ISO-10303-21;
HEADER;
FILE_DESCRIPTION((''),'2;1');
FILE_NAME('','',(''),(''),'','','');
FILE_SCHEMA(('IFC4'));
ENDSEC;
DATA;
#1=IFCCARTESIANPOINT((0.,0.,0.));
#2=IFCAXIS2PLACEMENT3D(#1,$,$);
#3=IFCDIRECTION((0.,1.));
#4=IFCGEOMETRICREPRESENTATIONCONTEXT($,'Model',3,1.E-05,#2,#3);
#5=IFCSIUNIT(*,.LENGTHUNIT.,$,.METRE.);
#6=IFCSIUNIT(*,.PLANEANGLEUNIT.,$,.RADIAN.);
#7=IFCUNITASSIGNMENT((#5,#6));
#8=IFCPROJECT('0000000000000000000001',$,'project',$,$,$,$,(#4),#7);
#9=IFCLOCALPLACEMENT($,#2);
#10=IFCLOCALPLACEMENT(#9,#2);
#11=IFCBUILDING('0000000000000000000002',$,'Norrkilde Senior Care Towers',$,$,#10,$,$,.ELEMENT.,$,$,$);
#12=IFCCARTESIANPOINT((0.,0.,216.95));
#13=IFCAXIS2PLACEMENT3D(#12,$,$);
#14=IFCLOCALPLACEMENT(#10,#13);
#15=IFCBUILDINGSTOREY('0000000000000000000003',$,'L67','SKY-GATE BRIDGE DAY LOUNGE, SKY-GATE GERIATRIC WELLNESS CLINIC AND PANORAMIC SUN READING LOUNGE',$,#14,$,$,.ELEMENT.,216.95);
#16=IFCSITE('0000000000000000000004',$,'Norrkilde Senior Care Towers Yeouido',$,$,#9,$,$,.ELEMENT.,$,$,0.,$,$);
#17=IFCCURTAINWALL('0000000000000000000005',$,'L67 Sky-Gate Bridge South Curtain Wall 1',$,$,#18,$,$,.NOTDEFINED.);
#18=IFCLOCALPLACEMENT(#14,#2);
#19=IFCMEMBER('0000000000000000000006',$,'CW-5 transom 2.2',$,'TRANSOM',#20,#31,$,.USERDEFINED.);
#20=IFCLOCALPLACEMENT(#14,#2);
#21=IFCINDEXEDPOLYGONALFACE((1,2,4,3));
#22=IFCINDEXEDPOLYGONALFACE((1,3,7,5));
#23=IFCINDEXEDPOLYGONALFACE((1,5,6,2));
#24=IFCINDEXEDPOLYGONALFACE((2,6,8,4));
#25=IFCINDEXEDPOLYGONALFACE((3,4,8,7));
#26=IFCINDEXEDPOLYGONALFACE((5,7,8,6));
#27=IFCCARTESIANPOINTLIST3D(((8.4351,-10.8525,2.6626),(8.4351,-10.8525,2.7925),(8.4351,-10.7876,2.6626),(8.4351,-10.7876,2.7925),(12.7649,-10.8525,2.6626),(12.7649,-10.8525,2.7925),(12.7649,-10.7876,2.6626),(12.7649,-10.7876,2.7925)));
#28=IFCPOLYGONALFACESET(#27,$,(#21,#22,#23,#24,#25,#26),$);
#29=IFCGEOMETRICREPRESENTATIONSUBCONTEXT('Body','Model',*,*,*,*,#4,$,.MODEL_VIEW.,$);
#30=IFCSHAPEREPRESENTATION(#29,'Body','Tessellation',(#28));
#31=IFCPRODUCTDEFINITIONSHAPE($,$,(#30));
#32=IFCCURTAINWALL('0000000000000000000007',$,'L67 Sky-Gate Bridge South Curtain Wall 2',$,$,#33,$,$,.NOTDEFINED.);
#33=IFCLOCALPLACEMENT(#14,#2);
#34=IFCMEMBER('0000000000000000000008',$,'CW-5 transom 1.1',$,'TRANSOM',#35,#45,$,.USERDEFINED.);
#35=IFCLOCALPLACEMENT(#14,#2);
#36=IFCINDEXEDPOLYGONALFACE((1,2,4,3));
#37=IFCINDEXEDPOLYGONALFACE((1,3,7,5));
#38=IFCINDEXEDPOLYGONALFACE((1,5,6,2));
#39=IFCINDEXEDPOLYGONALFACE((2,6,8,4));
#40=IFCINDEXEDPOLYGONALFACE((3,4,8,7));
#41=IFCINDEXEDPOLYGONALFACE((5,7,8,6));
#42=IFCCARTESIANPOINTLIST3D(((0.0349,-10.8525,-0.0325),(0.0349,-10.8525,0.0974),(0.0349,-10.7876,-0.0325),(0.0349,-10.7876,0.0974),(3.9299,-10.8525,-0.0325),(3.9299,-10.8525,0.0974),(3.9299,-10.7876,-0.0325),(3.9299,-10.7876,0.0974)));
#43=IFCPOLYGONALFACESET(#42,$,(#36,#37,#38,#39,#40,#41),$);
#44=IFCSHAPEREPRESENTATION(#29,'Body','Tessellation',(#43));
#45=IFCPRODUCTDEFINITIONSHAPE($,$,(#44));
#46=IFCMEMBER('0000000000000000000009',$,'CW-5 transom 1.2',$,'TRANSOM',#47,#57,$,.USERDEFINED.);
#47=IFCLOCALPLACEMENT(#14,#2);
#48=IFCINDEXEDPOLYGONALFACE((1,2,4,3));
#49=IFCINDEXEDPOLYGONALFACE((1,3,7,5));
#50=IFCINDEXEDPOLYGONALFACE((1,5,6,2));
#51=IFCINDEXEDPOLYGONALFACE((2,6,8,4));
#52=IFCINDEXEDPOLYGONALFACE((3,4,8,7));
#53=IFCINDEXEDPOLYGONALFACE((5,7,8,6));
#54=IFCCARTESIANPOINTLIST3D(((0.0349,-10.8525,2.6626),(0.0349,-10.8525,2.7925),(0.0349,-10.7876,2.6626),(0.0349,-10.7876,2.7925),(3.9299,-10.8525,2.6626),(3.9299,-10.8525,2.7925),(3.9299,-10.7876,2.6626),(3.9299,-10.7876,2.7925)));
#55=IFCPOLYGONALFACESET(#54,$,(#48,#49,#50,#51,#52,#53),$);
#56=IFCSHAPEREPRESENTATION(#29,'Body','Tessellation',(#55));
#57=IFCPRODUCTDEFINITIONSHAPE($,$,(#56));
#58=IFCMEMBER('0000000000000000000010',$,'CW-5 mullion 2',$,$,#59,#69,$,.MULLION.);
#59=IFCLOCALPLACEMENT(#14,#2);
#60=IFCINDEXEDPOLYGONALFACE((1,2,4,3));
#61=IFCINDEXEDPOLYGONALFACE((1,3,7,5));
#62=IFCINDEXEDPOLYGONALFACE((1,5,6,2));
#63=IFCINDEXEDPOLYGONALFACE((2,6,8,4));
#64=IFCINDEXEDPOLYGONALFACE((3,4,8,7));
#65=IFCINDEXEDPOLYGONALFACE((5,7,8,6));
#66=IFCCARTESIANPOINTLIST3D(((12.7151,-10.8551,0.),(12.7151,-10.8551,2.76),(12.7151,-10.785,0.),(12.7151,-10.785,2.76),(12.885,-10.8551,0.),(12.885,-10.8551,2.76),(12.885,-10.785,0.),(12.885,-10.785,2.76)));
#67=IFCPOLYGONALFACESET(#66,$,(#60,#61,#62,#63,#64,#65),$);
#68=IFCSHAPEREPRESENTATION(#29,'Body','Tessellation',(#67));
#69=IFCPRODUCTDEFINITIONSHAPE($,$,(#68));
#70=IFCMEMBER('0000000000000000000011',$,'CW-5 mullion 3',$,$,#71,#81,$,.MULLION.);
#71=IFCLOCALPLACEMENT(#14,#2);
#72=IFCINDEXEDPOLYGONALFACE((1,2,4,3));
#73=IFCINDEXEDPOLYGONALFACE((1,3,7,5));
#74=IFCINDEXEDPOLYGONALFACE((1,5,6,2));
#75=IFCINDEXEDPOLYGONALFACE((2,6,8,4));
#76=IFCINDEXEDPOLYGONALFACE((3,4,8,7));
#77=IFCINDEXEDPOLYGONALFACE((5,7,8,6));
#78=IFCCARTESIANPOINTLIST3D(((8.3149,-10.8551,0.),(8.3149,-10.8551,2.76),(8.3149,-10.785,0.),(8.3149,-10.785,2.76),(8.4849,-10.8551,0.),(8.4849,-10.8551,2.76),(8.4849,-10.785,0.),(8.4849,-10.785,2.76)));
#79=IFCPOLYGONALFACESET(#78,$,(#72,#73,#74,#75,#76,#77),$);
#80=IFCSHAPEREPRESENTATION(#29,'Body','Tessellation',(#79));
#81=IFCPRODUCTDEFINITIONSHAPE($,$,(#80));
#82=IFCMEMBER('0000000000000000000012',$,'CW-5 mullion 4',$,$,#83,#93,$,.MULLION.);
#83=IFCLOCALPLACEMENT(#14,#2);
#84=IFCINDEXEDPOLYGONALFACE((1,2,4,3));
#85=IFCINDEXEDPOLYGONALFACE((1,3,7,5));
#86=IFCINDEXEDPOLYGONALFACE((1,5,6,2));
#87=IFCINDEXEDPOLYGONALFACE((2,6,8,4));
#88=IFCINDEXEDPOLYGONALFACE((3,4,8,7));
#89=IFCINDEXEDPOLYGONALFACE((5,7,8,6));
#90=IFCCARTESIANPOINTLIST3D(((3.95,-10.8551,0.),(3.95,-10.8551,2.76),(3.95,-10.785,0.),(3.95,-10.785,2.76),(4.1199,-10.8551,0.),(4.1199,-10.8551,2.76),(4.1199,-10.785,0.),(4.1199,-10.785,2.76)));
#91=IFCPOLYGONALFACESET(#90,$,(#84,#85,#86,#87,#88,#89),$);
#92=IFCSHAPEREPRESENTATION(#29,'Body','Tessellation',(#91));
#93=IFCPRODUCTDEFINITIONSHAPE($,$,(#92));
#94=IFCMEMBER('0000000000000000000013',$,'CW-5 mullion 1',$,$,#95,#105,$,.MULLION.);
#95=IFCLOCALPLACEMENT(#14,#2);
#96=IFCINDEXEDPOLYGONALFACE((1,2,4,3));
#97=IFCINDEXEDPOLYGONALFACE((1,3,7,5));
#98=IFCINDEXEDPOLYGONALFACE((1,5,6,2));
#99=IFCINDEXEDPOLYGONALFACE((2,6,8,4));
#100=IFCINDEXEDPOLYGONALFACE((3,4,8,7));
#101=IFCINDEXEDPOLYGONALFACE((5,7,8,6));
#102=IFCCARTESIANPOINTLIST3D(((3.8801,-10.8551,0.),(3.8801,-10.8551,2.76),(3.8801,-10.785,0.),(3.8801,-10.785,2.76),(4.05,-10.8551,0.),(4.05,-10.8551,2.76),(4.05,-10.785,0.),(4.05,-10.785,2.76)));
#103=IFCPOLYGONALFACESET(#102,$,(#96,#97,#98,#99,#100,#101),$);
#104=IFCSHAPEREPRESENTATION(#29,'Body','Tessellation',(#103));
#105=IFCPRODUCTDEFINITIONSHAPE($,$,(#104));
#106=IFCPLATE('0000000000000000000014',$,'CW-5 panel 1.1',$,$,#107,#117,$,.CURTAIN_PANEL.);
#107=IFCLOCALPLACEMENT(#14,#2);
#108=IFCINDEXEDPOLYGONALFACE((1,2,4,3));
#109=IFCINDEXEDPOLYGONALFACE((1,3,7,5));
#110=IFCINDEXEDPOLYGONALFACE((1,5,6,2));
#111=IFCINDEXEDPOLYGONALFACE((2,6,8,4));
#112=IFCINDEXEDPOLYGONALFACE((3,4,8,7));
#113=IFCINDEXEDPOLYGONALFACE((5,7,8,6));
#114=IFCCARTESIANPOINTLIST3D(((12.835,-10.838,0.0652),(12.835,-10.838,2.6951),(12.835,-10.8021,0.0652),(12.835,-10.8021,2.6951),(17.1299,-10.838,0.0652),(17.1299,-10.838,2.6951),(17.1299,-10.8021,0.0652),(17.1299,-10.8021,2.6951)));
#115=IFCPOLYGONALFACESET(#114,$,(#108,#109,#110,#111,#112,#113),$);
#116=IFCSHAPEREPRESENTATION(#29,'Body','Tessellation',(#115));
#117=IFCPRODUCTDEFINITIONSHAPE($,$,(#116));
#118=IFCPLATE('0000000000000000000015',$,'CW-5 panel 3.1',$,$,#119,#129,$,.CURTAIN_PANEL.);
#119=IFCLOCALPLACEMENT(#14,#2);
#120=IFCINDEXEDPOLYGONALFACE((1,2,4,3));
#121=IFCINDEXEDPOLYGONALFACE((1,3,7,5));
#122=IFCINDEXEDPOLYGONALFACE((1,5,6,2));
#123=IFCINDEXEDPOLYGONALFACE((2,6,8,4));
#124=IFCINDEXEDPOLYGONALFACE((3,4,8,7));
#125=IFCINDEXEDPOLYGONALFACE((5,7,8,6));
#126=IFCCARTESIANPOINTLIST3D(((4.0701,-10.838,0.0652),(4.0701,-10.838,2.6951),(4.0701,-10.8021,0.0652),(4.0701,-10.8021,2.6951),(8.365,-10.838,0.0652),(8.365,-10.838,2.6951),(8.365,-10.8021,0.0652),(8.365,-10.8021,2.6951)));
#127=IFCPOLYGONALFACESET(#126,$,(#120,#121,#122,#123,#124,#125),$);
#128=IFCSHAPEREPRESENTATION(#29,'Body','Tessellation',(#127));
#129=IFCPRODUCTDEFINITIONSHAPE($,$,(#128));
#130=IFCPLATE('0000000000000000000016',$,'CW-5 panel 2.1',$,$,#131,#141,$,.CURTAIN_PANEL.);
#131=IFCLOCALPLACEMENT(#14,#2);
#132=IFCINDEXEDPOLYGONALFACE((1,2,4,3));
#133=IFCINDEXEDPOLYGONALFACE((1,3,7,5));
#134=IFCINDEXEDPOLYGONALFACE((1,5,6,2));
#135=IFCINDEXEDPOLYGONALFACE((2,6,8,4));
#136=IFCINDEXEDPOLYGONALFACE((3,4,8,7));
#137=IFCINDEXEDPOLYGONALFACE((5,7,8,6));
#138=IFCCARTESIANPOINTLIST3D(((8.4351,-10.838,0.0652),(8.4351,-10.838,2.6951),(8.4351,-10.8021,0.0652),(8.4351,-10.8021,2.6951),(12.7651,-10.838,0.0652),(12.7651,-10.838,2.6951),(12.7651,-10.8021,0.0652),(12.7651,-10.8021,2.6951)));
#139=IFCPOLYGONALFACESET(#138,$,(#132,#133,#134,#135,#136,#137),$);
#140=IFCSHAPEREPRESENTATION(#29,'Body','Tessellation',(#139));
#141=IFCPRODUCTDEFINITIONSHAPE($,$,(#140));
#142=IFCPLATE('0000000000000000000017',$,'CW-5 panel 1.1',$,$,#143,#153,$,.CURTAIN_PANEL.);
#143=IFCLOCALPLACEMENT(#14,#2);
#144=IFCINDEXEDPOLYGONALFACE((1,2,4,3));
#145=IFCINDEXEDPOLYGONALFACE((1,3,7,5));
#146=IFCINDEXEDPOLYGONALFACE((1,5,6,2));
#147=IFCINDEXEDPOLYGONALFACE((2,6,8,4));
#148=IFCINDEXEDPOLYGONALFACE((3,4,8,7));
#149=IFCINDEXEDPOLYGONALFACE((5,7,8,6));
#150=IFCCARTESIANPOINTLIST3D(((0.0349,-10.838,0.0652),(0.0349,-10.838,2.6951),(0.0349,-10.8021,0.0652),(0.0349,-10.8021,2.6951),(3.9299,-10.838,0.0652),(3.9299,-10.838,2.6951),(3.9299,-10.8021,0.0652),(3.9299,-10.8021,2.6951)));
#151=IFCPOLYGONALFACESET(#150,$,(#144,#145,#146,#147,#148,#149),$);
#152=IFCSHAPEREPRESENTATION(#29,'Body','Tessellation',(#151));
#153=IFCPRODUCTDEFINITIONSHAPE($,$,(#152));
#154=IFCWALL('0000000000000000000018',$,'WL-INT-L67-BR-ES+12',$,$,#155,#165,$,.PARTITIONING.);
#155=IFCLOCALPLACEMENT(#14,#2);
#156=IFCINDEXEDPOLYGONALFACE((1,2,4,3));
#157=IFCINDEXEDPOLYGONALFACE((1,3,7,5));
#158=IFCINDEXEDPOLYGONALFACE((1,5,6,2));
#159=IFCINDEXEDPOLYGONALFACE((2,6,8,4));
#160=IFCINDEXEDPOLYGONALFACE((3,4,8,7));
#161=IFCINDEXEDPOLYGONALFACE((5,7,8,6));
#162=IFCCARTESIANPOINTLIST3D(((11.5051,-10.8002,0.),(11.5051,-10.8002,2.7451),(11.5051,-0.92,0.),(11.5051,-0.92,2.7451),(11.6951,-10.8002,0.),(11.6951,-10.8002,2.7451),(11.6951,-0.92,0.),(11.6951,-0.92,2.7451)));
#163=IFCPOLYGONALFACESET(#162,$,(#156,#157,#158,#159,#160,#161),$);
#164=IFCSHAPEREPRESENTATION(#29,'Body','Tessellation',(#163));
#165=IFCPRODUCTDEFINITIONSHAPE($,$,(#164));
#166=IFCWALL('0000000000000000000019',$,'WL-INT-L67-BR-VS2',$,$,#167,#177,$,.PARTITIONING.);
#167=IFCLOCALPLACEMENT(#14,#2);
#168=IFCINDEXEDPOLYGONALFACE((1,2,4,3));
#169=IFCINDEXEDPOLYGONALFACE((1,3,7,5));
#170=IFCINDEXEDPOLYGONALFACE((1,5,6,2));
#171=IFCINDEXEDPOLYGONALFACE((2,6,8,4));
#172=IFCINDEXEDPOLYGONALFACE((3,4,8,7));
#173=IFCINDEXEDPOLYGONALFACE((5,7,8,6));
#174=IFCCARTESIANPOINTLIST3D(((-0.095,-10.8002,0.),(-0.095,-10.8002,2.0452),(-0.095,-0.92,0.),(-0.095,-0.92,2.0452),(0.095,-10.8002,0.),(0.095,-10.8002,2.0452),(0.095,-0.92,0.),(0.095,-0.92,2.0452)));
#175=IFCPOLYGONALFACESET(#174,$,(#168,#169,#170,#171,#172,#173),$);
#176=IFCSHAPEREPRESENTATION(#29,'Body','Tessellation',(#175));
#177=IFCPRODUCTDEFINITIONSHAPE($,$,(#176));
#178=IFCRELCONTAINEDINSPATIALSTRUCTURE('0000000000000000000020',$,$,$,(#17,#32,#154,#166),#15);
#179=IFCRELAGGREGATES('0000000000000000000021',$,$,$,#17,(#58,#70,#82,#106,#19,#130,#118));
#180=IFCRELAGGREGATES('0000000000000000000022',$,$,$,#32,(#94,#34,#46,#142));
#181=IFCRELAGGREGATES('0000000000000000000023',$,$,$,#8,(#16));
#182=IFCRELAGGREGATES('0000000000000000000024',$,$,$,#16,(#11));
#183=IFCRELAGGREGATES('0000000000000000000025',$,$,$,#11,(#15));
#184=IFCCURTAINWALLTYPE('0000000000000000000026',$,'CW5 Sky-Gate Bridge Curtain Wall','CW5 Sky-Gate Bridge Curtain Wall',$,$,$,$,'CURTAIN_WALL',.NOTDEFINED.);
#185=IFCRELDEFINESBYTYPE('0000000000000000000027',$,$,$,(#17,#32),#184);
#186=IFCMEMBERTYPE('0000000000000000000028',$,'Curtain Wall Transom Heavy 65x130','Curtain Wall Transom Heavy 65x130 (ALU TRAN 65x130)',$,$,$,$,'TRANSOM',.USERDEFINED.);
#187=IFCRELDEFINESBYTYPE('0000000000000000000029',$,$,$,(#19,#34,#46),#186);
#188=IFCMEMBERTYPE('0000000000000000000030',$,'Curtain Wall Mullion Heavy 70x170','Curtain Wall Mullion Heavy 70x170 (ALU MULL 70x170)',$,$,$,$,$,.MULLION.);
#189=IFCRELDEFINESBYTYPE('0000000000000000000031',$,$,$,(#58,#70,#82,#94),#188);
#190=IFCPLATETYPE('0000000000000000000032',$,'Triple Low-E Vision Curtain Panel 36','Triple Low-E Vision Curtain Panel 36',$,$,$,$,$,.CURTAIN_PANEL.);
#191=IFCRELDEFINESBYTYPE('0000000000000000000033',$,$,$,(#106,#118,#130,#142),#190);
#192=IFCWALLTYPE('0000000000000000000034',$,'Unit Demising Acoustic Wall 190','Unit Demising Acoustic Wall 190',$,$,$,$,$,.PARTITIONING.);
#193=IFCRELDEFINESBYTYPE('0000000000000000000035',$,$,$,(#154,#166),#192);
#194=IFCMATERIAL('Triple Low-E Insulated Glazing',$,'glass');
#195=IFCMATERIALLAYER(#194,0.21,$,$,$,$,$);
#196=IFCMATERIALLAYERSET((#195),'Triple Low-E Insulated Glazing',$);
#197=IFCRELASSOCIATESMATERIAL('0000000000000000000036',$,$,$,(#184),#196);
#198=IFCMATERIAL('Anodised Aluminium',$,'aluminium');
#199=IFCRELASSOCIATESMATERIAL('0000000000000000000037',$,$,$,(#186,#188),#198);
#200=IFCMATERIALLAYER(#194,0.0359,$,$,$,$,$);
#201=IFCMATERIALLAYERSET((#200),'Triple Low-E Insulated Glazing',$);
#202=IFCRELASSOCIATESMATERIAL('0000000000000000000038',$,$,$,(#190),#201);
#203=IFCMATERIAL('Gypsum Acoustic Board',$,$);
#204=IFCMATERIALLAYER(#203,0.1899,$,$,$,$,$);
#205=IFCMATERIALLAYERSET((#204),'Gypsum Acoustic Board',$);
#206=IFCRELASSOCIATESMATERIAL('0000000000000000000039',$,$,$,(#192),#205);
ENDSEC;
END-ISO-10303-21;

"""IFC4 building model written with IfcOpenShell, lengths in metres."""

from ifc_helpers import new_model, si_unit, direction, frame, frame_2d, origin, origin_2d, place, context, subcontext, project, spatial, rectangle, extrude, source, transform, mapped, material, layer, layer_set, material_profile, profile_set, type_object, type_shapes, element, aggregate, save


model = new_model("IFC4")

# Units and contexts
model_context = context("Model", 3, precision=1e-05, world=origin(), true_north=direction((0.0, 1.0)))
body_context = subcontext(model_context, "Body", "Model", "MODEL_VIEW")
ifc_project = project(units=[si_unit("LENGTHUNIT", "METRE"), si_unit("PLANEANGLEUNIT", "RADIAN")], contexts=[model_context])

# Site, building, storey
site_placement = place(None, origin())
site = spatial("IfcSite", under=ifc_project, at=site_placement, Name="Norrkilde Senior Care Towers Yeouido", CompositionType="ELEMENT", RefElevation=0.0)
building_placement = place(site_placement, origin())
building = spatial("IfcBuilding", under=site, at=building_placement, Name="Norrkilde Senior Care Towers", CompositionType="ELEMENT")
storey_placement = place(building_placement, frame((0.0, 0.0, 216.95)))
storey = spatial("IfcBuildingStorey", under=building, at=storey_placement, Name="L67", Description="SKY-GATE BRIDGE DAY LOUNGE, SKY-GATE GERIATRIC WELLNESS CLINIC AND PANORAMIC SUN READING LOUNGE", CompositionType="ELEMENT", Elevation=216.95)

# Curtain walls, members
ifc_material_1 = material(Name="Triple Low-E Insulated Glazing", Category="glass")
ifc_layer_1 = layer(ifc_material_1, 0.21)
ifc_layer_set_1 = layer_set([ifc_layer_1], Name="Triple Low-E Insulated Glazing")
curtain_wall_type = type_object("IfcCurtainWallType", Name="CW5 Sky-Gate Bridge Curtain Wall", Description="CW5 Sky-Gate Bridge Curtain Wall", ElementType="CURTAIN_WALL", PredefinedType="NOTDEFINED", material=ifc_layer_set_1)
curtain_wall_1_placement = place(storey_placement, origin())
curtain_wall_1 = element("IfcCurtainWall", 1, at=curtain_wall_1_placement, inside=storey, type_object=curtain_wall_type, Name="L67 Sky-Gate Bridge South Curtain Wall 1", PredefinedType="NOTDEFINED")
ifc_material_2 = material(Name="Anodised Aluminium", Category="aluminium")
ifc_material_profile_1 = material_profile(ifc_material_2, rectangle(XDim=0.0649, YDim=0.1299, at=origin_2d()), Name="ALU TRAN 65x130")
ifc_profile_set_1 = profile_set([ifc_material_profile_1], Name="Anodised Aluminium")
member_type_1 = type_object("IfcMemberType", Name="Curtain Wall Transom Heavy 65x130", Description="Curtain Wall Transom Heavy 65x130 (ALU TRAN 65x130)", ElementType="TRANSOM", PredefinedType="USERDEFINED", material=ifc_profile_set_1)
shared_shape_1 = source(origin(), body_context, "Body", "SweptSolid", [
    extrude(rectangle(XDim=0.0649, YDim=0.1299, at=origin_2d()), origin(), (0.0, 0.0, 1.0), 4.3298),
])
member_1_placement = place(storey_placement, frame((12.7649, -10.8201, 2.7275), z_axis=(-1.0, 0.0, 0.0), x_axis=(0.0, -1.0, 0.0)))
member_1 = element("IfcMember", 2, at=member_1_placement, type_object=member_type_1, Name="CW-5 transom 2.2", ObjectType="TRANSOM", PredefinedType="USERDEFINED", context=body_context, shape_type="MappedRepresentation", body=[
    mapped(shared_shape_1, transform((0.0, 0.0, 0.0), x_axis=(1.0, 0.0, 0.0), y_axis=(0.0, 1.0, 0.0), z_axis=(0.0, 0.0, 1.0), scale=1.0)),
])
curtain_wall_2_placement = place(storey_placement, origin())
curtain_wall_2 = element("IfcCurtainWall", 3, at=curtain_wall_2_placement, inside=storey, type_object=curtain_wall_type, Name="L67 Sky-Gate Bridge South Curtain Wall 2", PredefinedType="NOTDEFINED")
shared_shape_2 = source(origin(), body_context, "Body", "SweptSolid", [
    extrude(rectangle(XDim=0.0649, YDim=0.1299, at=origin_2d()), origin(), (0.0, 0.0, 1.0), 3.895),
])
member_2_placement = place(storey_placement, frame((3.9299, -10.8201, 0.0325), z_axis=(-1.0, 0.0, 0.0), x_axis=(0.0, -1.0, 0.0)))
member_2 = element("IfcMember", 4, at=member_2_placement, type_object=member_type_1, Name="CW-5 transom 1.1", ObjectType="TRANSOM", PredefinedType="USERDEFINED", context=body_context, shape_type="MappedRepresentation", body=[
    mapped(shared_shape_2, transform((0.0, 0.0, 0.0), x_axis=(1.0, 0.0, 0.0), y_axis=(0.0, 1.0, 0.0), z_axis=(0.0, 0.0, 1.0), scale=1.0)),
])
member_3_placement = place(storey_placement, frame((3.9299, -10.8201, 2.7275), z_axis=(-1.0, 0.0, 0.0), x_axis=(0.0, -1.0, 0.0)))
member_3 = element("IfcMember", 5, at=member_3_placement, type_object=member_type_1, Name="CW-5 transom 1.2", ObjectType="TRANSOM", PredefinedType="USERDEFINED", context=body_context, shape_type="MappedRepresentation", body=[
    mapped(shared_shape_2, transform((0.0, 0.0, 0.0), x_axis=(1.0, 0.0, 0.0), y_axis=(0.0, 1.0, 0.0), z_axis=(0.0, 0.0, 1.0), scale=1.0)),
])

# Members
ifc_material_profile_2 = material_profile(ifc_material_2, rectangle(XDim=0.0701, YDim=0.1699, at=origin_2d()), Name="ALU MULL 70x170")
ifc_profile_set_2 = profile_set([ifc_material_profile_2], Name="Anodised Aluminium")
member_type_2 = type_object("IfcMemberType", Name="Curtain Wall Mullion Heavy 70x170", Description="Curtain Wall Mullion Heavy 70x170 (ALU MULL 70x170)", PredefinedType="MULLION", material=ifc_profile_set_2)
shared_shape_3 = source(origin(), body_context, "Body", "SweptSolid", [
    extrude(rectangle(XDim=0.0701, YDim=0.1699, at=origin_2d()), origin(), (0.0, 0.0, 1.0), 2.76),
])
type_shapes(member_type_2, [shared_shape_3])
member_4_placement = place(storey_placement, frame((12.8, -10.8201, 0.0), z_axis=(0.0, 0.0, 1.0), x_axis=(0.0, -1.0, 0.0)))
member_4 = element("IfcMember", 6, at=member_4_placement, type_object=member_type_2, Name="CW-5 mullion 2", PredefinedType="MULLION", context=body_context, shape_type="MappedRepresentation", body=[
    mapped(shared_shape_3, transform((0.0, 0.0, 0.0), x_axis=(1.0, 0.0, 0.0), y_axis=(0.0, 1.0, 0.0), z_axis=(0.0, 0.0, 1.0), scale=1.0)),
])
member_5_placement = place(storey_placement, frame((8.3999, -10.8201, 0.0), z_axis=(0.0, 0.0, 1.0), x_axis=(0.0, -1.0, 0.0)))
member_5 = element("IfcMember", 7, at=member_5_placement, type_object=member_type_2, Name="CW-5 mullion 3", PredefinedType="MULLION", context=body_context, shape_type="MappedRepresentation", body=[
    mapped(shared_shape_3, transform((0.0, 0.0, 0.0), x_axis=(1.0, 0.0, 0.0), y_axis=(0.0, 1.0, 0.0), z_axis=(0.0, 0.0, 1.0), scale=1.0)),
])
member_6_placement = place(storey_placement, frame((4.0349, -10.8201, 0.0), z_axis=(0.0, 0.0, 1.0), x_axis=(0.0, -1.0, 0.0)))
member_6 = element("IfcMember", 8, at=member_6_placement, type_object=member_type_2, Name="CW-5 mullion 4", PredefinedType="MULLION", context=body_context, shape_type="MappedRepresentation", body=[
    mapped(shared_shape_3, transform((0.0, 0.0, 0.0), x_axis=(1.0, 0.0, 0.0), y_axis=(0.0, 1.0, 0.0), z_axis=(0.0, 0.0, 1.0), scale=1.0)),
])
member_7_placement = place(storey_placement, frame((3.9651, -10.8201, 0.0), z_axis=(0.0, 0.0, 1.0), x_axis=(0.0, -1.0, 0.0)))
member_7 = element("IfcMember", 9, at=member_7_placement, type_object=member_type_2, Name="CW-5 mullion 1", PredefinedType="MULLION", context=body_context, shape_type="MappedRepresentation", body=[
    mapped(shared_shape_3, transform((0.0, 0.0, 0.0), x_axis=(1.0, 0.0, 0.0), y_axis=(0.0, 1.0, 0.0), z_axis=(0.0, 0.0, 1.0), scale=1.0)),
])

# Plates
ifc_layer_2 = layer(ifc_material_1, 0.0359)
ifc_layer_set_2 = layer_set([ifc_layer_2], Name="Triple Low-E Insulated Glazing")
plate_type = type_object("IfcPlateType", Name="Triple Low-E Vision Curtain Panel 36", Description="Triple Low-E Vision Curtain Panel 36", PredefinedType="CURTAIN_PANEL", material=ifc_layer_set_2)
shared_shape_4 = source(origin(), body_context, "Body", "SweptSolid", [
    extrude(rectangle(XDim=4.2949, YDim=0.0359, at=origin_2d()), origin(), (0.0, 0.0, 1.0), 2.6299),
])
plate_1_placement = place(storey_placement, frame((14.9824, -10.8201, 0.0652), z_axis=(0.0, 0.0, 1.0), x_axis=(-1.0, 0.0, 0.0)))
plate_1 = element("IfcPlate", 10, at=plate_1_placement, type_object=plate_type, Name="CW-5 panel 1.1", PredefinedType="CURTAIN_PANEL", context=body_context, shape_type="MappedRepresentation", body=[
    mapped(shared_shape_4, transform((0.0, 0.0, 0.0), x_axis=(1.0, 0.0, 0.0), y_axis=(0.0, 1.0, 0.0), z_axis=(0.0, 0.0, 1.0), scale=1.0)),
])
plate_2_placement = place(storey_placement, frame((6.2175, -10.8201, 0.0652), z_axis=(0.0, 0.0, 1.0), x_axis=(-1.0, 0.0, 0.0)))
plate_2 = element("IfcPlate", 11, at=plate_2_placement, type_object=plate_type, Name="CW-5 panel 3.1", PredefinedType="CURTAIN_PANEL", context=body_context, shape_type="MappedRepresentation", body=[
    mapped(shared_shape_4, transform((0.0, 0.0, 0.0), x_axis=(1.0, 0.0, 0.0), y_axis=(0.0, 1.0, 0.0), z_axis=(0.0, 0.0, 1.0), scale=1.0)),
])
shared_shape_5 = source(origin(), body_context, "Body", "SweptSolid", [
    extrude(rectangle(XDim=4.3301, YDim=0.0359, at=origin_2d()), origin(), (0.0, 0.0, 1.0), 2.6299),
])
plate_3_placement = place(storey_placement, frame((10.6001, -10.8201, 0.0652), z_axis=(0.0, 0.0, 1.0), x_axis=(-1.0, 0.0, 0.0)))
plate_3 = element("IfcPlate", 12, at=plate_3_placement, type_object=plate_type, Name="CW-5 panel 2.1", PredefinedType="CURTAIN_PANEL", context=body_context, shape_type="MappedRepresentation", body=[
    mapped(shared_shape_5, transform((0.0, 0.0, 0.0), x_axis=(1.0, 0.0, 0.0), y_axis=(0.0, 1.0, 0.0), z_axis=(0.0, 0.0, 1.0), scale=1.0)),
])
aggregate(curtain_wall_1, [member_4, member_5, member_6, plate_1, member_1, plate_3, plate_2])
shared_shape_6 = source(origin(), body_context, "Body", "SweptSolid", [
    extrude(rectangle(XDim=3.895, YDim=0.0359, at=origin_2d()), origin(), (0.0, 0.0, 1.0), 2.6299),
])
type_shapes(plate_type, [shared_shape_4, shared_shape_5, shared_shape_6])
plate_4_placement = place(storey_placement, frame((1.9824, -10.8201, 0.0652), z_axis=(0.0, 0.0, 1.0), x_axis=(-1.0, 0.0, 0.0)))
plate_4 = element("IfcPlate", 13, at=plate_4_placement, type_object=plate_type, Name="CW-5 panel 1.1", PredefinedType="CURTAIN_PANEL", context=body_context, shape_type="MappedRepresentation", body=[
    mapped(shared_shape_6, transform((0.0, 0.0, 0.0), x_axis=(1.0, 0.0, 0.0), y_axis=(0.0, 1.0, 0.0), z_axis=(0.0, 0.0, 1.0), scale=1.0)),
])
aggregate(curtain_wall_2, [member_7, member_2, member_3, plate_4])

# Shared definitions
ifc_material_3 = material(Name="Gypsum Acoustic Board")

# Walls
ifc_layer_3 = layer(ifc_material_3, 0.1899)
ifc_layer_set_3 = layer_set([ifc_layer_3], Name="Gypsum Acoustic Board")
wall_type_1 = type_object("IfcWallType", Name="Unit Demising Acoustic Wall 190", Description="Unit Demising Acoustic Wall 190", PredefinedType="PARTITIONING", material=ifc_layer_set_3)
shared_shape_7 = source(origin(), body_context, "Body", "SweptSolid", [
    extrude(rectangle(XDim=9.8801, YDim=0.1899, at=frame_2d((4.9399, 0.0))), origin(), (0.0, 0.0, 1.0), 2.7451),
])
wall_1_placement = place(storey_placement, frame((11.6001, -10.8, 0.0), z_axis=(0.0, 0.0, 1.0), x_axis=(0.0, 1.0, 0.0)))
element("IfcWall", 14, at=wall_1_placement, inside=storey, type_object=wall_type_1, Name="WL-INT-L67-BR-ES+12", PredefinedType="PARTITIONING", context=body_context, shape_type="MappedRepresentation", body=[
    mapped(shared_shape_7, transform((0.0, 0.0, 0.0), x_axis=(1.0, 0.0, 0.0), y_axis=(0.0, 1.0, 0.0), z_axis=(0.0, 0.0, 1.0), scale=1.0)),
])
shared_shape_8 = source(origin(), body_context, "Body", "SweptSolid", [
    extrude(rectangle(XDim=9.8801, YDim=0.1899, at=frame_2d((4.9399, 0.0))), origin(), (0.0, 0.0, 1.0), 2.0452),
])
type_shapes(wall_type_1, [shared_shape_7, shared_shape_8])
wall_2_placement = place(storey_placement, frame((0.0, -10.8, 0.0), z_axis=(0.0, 0.0, 1.0), x_axis=(0.0, 1.0, 0.0)))
element("IfcWall", 15, at=wall_2_placement, inside=storey, type_object=wall_type_1, Name="WL-INT-L67-BR-VS2", PredefinedType="PARTITIONING", context=body_context, shape_type="MappedRepresentation", body=[
    mapped(shared_shape_8, transform((0.0, 0.0, 0.0), x_axis=(1.0, 0.0, 0.0), y_axis=(0.0, 1.0, 0.0), z_axis=(0.0, 0.0, 1.0), scale=1.0)),
])

save(model, "model.ifc")
